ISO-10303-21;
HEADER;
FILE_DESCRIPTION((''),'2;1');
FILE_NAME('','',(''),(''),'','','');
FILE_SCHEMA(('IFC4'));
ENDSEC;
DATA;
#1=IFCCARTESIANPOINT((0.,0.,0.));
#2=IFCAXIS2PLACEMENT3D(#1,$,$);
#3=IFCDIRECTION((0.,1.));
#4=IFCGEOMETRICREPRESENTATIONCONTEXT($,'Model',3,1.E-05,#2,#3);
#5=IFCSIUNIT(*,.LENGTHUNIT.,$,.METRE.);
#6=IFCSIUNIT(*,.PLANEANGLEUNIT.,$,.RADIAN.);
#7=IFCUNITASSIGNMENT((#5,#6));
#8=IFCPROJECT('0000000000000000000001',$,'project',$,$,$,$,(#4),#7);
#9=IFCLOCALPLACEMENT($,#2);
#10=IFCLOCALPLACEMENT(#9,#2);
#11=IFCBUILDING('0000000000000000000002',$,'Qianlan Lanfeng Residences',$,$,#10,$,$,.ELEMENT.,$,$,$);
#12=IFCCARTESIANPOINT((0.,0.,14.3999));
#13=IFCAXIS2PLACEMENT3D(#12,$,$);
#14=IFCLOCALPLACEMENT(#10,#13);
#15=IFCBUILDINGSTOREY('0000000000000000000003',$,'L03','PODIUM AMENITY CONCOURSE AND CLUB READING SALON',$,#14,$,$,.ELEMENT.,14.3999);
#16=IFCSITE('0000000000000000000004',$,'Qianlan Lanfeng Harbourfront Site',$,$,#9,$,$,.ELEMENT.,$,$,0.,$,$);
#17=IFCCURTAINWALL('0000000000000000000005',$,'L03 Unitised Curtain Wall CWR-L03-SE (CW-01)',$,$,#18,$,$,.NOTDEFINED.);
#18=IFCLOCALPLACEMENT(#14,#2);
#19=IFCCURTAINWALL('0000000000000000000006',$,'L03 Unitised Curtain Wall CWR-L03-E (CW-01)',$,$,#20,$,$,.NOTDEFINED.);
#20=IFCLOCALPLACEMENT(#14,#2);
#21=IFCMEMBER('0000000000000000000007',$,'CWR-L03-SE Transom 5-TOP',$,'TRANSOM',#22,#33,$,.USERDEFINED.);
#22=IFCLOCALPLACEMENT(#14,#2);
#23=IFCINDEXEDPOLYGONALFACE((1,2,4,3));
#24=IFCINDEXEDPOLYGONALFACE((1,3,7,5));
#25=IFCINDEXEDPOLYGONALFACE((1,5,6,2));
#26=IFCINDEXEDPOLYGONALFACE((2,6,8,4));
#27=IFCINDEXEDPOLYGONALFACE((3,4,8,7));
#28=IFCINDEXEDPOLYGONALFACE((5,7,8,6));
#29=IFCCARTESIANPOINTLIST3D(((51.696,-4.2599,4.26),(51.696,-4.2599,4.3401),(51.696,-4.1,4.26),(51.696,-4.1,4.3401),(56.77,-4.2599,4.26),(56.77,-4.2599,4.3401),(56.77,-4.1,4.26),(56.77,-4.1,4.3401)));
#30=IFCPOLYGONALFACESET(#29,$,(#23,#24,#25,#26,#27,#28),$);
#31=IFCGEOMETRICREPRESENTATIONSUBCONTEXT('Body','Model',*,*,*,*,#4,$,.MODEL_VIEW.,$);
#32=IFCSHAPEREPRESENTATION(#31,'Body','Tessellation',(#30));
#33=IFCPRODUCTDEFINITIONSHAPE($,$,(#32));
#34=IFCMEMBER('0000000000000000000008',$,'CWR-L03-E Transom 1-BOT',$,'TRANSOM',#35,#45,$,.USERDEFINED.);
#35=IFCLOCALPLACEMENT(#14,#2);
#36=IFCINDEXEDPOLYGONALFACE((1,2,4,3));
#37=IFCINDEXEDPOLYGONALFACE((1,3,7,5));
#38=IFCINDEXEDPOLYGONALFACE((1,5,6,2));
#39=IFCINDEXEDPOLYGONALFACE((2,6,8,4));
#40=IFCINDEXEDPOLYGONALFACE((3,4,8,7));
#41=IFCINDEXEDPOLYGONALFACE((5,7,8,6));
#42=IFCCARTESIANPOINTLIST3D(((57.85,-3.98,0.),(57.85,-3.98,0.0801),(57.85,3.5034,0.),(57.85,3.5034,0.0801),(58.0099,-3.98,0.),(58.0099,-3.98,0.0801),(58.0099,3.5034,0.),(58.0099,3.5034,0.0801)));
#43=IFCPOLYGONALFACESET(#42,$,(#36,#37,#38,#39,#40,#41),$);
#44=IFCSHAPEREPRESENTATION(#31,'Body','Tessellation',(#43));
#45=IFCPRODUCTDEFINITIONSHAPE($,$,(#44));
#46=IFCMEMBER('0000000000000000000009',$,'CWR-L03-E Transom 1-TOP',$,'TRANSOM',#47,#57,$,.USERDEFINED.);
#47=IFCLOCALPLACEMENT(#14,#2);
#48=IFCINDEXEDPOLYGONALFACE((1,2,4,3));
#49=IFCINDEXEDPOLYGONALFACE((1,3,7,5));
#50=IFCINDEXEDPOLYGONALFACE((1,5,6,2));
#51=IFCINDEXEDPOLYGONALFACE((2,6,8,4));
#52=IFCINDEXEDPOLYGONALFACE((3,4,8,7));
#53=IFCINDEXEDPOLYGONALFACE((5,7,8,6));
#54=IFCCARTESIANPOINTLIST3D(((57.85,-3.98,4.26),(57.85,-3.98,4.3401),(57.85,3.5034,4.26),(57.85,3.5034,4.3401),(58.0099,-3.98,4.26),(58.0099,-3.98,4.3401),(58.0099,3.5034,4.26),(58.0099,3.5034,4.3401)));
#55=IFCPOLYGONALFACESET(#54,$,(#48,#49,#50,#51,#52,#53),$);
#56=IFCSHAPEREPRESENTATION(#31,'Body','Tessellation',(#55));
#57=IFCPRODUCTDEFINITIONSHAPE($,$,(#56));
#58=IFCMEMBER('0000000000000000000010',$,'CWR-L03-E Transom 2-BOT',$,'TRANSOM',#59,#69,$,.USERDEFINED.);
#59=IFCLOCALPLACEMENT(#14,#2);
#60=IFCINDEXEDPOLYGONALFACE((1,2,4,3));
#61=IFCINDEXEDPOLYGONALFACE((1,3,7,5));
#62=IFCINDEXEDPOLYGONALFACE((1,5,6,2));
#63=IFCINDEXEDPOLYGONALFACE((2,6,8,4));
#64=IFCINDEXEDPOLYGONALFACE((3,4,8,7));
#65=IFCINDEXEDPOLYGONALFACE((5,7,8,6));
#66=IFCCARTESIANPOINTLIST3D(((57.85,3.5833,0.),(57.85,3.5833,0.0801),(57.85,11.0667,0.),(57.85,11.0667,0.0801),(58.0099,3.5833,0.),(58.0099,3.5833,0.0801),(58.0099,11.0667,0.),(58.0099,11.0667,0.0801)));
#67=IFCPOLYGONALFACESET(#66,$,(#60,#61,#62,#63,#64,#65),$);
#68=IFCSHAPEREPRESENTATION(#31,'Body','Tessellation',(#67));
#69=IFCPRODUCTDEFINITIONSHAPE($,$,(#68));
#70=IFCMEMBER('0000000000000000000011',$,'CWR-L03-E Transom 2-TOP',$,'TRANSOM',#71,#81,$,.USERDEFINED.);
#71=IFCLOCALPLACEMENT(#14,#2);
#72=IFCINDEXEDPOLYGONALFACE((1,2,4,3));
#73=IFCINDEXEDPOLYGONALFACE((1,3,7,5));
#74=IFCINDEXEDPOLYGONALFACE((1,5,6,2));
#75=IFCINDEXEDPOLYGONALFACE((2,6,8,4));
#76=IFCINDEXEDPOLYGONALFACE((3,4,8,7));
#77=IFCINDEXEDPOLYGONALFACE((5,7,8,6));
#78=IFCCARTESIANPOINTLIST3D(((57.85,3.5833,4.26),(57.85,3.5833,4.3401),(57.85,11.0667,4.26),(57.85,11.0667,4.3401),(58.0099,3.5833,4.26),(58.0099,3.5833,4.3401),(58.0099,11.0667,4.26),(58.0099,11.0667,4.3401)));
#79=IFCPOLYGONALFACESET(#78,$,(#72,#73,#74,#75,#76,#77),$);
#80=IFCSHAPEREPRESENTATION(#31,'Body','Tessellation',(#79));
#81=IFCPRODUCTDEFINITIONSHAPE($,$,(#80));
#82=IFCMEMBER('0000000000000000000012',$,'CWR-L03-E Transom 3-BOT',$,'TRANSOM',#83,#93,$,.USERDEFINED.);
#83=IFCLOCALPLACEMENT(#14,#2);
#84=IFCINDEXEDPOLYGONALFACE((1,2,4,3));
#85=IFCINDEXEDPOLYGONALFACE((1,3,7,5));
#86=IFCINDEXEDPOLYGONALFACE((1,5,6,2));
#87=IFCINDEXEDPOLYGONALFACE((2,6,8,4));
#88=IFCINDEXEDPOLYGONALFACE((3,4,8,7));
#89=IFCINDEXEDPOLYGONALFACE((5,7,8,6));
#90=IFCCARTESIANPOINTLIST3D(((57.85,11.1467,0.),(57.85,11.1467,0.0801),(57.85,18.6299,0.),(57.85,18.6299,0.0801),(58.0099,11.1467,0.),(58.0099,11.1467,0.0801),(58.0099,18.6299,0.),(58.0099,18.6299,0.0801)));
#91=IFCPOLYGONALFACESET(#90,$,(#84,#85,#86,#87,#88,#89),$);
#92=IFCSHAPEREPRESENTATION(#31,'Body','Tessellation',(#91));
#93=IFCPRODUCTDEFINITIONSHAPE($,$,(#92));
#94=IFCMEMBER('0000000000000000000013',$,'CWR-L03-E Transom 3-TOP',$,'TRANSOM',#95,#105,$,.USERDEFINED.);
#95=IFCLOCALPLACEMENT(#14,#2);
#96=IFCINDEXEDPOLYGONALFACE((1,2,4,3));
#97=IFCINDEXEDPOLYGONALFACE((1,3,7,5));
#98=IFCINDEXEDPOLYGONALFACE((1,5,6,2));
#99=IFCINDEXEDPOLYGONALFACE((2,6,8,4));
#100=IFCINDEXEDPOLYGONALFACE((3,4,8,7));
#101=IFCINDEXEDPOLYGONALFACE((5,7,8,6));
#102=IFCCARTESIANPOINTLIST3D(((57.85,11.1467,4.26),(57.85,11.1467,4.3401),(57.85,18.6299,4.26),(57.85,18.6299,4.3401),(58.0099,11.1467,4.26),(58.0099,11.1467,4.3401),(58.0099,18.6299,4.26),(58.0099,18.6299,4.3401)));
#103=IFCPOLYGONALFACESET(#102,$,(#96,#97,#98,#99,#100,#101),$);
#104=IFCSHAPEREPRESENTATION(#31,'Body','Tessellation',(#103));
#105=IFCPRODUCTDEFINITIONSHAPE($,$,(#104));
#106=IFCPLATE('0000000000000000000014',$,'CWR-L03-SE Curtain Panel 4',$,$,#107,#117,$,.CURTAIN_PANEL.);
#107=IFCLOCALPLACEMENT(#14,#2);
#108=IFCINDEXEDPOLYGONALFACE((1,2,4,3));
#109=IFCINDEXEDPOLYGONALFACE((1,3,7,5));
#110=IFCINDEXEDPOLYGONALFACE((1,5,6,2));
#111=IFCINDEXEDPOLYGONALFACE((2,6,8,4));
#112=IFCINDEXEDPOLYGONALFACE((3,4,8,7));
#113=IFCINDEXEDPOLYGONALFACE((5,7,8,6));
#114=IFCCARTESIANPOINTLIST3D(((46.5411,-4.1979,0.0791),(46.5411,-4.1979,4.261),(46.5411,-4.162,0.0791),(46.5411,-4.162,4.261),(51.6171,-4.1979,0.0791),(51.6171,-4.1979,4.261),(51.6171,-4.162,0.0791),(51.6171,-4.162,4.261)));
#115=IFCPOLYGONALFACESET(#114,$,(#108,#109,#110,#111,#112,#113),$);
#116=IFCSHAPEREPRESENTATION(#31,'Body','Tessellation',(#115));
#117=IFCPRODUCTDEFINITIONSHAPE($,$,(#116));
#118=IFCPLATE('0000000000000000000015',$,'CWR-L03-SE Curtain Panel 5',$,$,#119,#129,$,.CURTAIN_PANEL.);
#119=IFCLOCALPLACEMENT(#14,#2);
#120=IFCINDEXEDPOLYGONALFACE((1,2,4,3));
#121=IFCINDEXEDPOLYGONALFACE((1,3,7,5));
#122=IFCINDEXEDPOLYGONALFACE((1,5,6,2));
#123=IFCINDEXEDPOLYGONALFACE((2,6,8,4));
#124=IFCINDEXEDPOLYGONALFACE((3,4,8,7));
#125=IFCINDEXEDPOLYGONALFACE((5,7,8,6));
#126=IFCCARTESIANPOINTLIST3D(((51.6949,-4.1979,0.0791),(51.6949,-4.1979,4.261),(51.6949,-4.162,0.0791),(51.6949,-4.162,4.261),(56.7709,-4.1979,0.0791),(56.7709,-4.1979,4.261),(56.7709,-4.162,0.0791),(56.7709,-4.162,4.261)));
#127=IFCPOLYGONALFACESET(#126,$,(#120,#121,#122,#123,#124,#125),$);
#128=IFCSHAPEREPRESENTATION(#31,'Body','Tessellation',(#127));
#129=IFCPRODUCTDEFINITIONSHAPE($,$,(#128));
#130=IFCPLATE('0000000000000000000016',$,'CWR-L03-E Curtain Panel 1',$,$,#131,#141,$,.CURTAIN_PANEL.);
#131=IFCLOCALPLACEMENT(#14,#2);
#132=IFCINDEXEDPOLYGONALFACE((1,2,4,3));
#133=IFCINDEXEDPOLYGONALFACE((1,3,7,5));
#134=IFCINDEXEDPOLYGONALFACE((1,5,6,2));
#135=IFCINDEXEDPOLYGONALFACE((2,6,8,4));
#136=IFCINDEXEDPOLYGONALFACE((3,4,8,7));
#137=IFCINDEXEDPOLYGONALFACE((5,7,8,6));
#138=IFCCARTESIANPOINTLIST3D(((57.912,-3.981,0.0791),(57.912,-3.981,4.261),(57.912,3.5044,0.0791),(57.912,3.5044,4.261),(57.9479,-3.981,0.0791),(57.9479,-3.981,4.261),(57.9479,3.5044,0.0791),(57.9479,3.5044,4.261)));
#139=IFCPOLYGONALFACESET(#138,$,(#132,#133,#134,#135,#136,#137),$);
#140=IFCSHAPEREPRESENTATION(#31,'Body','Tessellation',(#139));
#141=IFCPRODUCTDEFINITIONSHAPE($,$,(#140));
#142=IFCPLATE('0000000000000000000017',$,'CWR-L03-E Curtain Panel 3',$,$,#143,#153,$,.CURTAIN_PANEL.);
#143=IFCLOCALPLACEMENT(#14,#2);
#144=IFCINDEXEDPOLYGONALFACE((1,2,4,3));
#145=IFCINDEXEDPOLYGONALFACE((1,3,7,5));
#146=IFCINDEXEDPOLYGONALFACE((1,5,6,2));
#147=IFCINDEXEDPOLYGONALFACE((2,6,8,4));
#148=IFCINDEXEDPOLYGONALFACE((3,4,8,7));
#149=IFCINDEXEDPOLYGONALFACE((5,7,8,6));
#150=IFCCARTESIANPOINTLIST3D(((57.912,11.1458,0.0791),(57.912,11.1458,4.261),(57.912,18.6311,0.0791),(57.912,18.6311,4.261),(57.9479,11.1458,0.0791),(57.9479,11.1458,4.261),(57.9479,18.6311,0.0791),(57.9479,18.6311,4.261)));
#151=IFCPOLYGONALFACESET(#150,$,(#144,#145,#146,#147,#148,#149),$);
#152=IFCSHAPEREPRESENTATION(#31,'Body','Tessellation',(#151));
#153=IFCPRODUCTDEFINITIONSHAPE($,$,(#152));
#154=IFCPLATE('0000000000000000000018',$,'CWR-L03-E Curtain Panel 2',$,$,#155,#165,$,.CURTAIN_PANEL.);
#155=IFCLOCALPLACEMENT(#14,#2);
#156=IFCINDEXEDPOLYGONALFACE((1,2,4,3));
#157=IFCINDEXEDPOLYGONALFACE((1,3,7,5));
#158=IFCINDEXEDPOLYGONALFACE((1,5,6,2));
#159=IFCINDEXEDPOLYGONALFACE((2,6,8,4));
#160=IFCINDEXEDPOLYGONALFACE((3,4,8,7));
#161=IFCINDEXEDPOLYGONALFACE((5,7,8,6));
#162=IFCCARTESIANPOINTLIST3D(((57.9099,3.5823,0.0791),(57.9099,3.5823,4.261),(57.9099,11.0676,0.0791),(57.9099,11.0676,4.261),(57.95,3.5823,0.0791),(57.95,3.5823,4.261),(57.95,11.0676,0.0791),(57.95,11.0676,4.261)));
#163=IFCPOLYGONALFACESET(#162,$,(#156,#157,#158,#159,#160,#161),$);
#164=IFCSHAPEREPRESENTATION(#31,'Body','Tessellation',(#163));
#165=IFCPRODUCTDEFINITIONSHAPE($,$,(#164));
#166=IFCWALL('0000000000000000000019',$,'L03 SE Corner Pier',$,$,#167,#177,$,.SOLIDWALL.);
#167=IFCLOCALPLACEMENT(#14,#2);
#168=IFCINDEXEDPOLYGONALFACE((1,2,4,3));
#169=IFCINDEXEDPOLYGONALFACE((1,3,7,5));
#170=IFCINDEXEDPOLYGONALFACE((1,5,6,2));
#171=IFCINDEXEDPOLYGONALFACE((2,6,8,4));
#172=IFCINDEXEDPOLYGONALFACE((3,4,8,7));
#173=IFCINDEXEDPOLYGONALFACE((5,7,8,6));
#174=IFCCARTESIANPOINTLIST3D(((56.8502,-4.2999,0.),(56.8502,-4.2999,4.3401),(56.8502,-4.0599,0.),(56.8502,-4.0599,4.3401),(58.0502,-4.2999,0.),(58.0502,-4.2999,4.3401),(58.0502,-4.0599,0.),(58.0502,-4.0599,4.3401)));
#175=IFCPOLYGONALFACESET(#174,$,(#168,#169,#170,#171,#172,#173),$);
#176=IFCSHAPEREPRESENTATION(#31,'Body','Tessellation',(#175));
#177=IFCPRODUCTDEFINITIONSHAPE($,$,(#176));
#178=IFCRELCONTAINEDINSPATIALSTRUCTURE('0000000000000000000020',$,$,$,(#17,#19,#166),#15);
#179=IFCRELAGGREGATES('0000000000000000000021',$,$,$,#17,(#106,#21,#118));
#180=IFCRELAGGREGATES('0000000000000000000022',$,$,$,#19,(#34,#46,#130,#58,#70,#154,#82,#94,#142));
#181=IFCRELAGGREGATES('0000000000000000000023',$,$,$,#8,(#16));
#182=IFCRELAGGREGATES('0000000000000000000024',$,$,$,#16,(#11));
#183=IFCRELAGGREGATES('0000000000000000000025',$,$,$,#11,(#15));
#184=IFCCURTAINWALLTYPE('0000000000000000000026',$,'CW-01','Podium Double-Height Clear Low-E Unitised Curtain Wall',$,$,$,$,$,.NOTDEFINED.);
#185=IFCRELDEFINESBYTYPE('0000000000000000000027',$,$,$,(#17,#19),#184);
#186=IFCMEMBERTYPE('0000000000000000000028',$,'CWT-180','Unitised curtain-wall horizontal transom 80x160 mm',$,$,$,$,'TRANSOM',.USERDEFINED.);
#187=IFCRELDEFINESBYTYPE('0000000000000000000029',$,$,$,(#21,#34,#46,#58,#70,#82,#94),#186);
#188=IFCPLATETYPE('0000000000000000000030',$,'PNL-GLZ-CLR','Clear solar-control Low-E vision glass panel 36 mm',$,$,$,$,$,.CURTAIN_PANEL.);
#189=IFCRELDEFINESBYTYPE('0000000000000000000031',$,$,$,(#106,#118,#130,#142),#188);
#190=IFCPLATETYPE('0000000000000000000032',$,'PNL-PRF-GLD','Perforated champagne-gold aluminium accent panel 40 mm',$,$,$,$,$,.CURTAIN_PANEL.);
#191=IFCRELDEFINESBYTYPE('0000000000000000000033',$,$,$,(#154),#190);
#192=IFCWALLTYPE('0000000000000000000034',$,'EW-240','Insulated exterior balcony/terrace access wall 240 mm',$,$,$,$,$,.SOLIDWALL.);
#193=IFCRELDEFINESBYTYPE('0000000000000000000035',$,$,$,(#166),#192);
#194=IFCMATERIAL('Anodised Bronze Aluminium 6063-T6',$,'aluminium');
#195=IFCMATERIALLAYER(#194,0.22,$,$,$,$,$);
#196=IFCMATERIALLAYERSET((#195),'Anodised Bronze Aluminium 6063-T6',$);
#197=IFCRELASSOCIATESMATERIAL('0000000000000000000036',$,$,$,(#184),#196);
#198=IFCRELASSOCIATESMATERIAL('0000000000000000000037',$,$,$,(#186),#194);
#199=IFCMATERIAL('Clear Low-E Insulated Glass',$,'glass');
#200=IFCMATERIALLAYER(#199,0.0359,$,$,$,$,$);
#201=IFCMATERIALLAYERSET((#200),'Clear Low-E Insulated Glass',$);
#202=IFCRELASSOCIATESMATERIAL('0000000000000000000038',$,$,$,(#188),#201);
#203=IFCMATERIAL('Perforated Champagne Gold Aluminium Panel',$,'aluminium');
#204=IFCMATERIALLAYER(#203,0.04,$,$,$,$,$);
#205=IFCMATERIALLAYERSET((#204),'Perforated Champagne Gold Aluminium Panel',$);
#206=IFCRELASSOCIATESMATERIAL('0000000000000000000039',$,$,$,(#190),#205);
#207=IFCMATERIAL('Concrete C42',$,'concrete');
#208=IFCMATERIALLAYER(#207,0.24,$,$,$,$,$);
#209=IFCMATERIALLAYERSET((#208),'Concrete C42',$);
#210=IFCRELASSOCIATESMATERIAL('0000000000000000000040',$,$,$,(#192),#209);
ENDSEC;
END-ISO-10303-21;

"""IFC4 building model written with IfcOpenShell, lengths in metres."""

from ifc_helpers import new_model, si_unit, direction, frame, frame_2d, origin, origin_2d, place, context, subcontext, project, spatial, rectangle, extrude, source, transform, mapped, material, layer, layer_set, material_profile, profile_set, type_object, element, aggregate, save


model = new_model("IFC4")

# Units and contexts
model_context = context("Model", 3, precision=1e-05, world=origin(), true_north=direction((0.0, 1.0)))
body_context = subcontext(model_context, "Body", "Model", "MODEL_VIEW")
ifc_project = project(units=[si_unit("LENGTHUNIT", "METRE"), si_unit("PLANEANGLEUNIT", "RADIAN")], contexts=[model_context])

# Site, building, storey
site_placement = place(None, origin())
site = spatial("IfcSite", under=ifc_project, at=site_placement, Name="Qianlan Lanfeng Harbourfront Site", CompositionType="ELEMENT", RefElevation=0.0)
building_placement = place(site_placement, origin())
building = spatial("IfcBuilding", under=site, at=building_placement, Name="Qianlan Lanfeng Residences", CompositionType="ELEMENT")
storey_placement = place(building_placement, frame((0.0, 0.0, 14.3999)))
storey = spatial("IfcBuildingStorey", under=building, at=storey_placement, Name="L03", Description="PODIUM AMENITY CONCOURSE AND CLUB READING SALON", CompositionType="ELEMENT", Elevation=14.3999)

# Curtain walls
ifc_material_1 = material(Name="Anodised Bronze Aluminium 6063-T6", Category="aluminium")
ifc_layer_1 = layer(ifc_material_1, 0.22)
ifc_layer_set_1 = layer_set([ifc_layer_1], Name="Anodised Bronze Aluminium 6063-T6")
curtain_wall_type = type_object("IfcCurtainWallType", Name="CW-01", Description="Podium Double-Height Clear Low-E Unitised Curtain Wall", PredefinedType="NOTDEFINED", material=ifc_layer_set_1)
curtain_wall_1_placement = place(storey_placement, origin())
curtain_wall_1 = element("IfcCurtainWall", 1, at=curtain_wall_1_placement, inside=storey, type_object=curtain_wall_type, Name="L03 Unitised Curtain Wall CWR-L03-SE (CW-01)", PredefinedType="NOTDEFINED")
curtain_wall_2_placement = place(storey_placement, origin())
curtain_wall_2 = element("IfcCurtainWall", 2, at=curtain_wall_2_placement, inside=storey, type_object=curtain_wall_type, Name="L03 Unitised Curtain Wall CWR-L03-E (CW-01)", PredefinedType="NOTDEFINED")

# Members
ifc_material_profile_1 = material_profile(ifc_material_1, rectangle(XDim=0.0801, YDim=0.1599, at=origin_2d()), Name="ALU TRANSOM 80x160")
ifc_profile_set_1 = profile_set([ifc_material_profile_1], Name="Anodised Bronze Aluminium 6063-T6")
member_type_1 = type_object("IfcMemberType", Name="CWT-180", Description="Unitised curtain-wall horizontal transom 80x160 mm", ElementType="TRANSOM", PredefinedType="USERDEFINED", material=ifc_profile_set_1)
shared_shape_1 = source(origin(), body_context, "Body", "SweptSolid", [
    extrude(rectangle(XDim=0.0801, YDim=0.1599, at=origin_2d()), origin(), (0.0, 0.0, 1.0), 5.074),
])
member_1_placement = place(storey_placement, frame((51.696, -4.1799, 4.3), z_axis=(1.0, 0.0, 0.0), x_axis=(0.0, 0.0, 1.0)))
member_1 = element("IfcMember", 3, at=member_1_placement, type_object=member_type_1, Name="CWR-L03-SE Transom 5-TOP", ObjectType="TRANSOM", PredefinedType="USERDEFINED", context=body_context, shape_type="MappedRepresentation", body=[
    mapped(shared_shape_1, transform((0.0, 0.0, 0.0), scale=1.0)),
])
shared_shape_2 = source(origin(), body_context, "Body", "SweptSolid", [
    extrude(rectangle(XDim=0.0801, YDim=0.1599, at=origin_2d()), origin(), (0.0, 0.0, 1.0), 7.4834),
])
member_2_placement = place(storey_placement, frame((57.9299, -3.98, 0.04), z_axis=(0.0, 1.0, 0.0), x_axis=(0.0, 0.0, 1.0)))
member_2 = element("IfcMember", 4, at=member_2_placement, type_object=member_type_1, Name="CWR-L03-E Transom 1-BOT", ObjectType="TRANSOM", PredefinedType="USERDEFINED", context=body_context, shape_type="MappedRepresentation", body=[
    mapped(shared_shape_2, transform((0.0, 0.0, 0.0), scale=1.0)),
])
member_3_placement = place(storey_placement, frame((57.9299, -3.98, 4.3), z_axis=(0.0, 1.0, 0.0), x_axis=(0.0, 0.0, 1.0)))
member_3 = element("IfcMember", 5, at=member_3_placement, type_object=member_type_1, Name="CWR-L03-E Transom 1-TOP", ObjectType="TRANSOM", PredefinedType="USERDEFINED", context=body_context, shape_type="MappedRepresentation", body=[
    mapped(shared_shape_2, transform((0.0, 0.0, 0.0), scale=1.0)),
])
member_4_placement = place(storey_placement, frame((57.9299, 3.5833, 0.04), z_axis=(0.0, 1.0, 0.0), x_axis=(0.0, 0.0, 1.0)))
member_4 = element("IfcMember", 6, at=member_4_placement, type_object=member_type_1, Name="CWR-L03-E Transom 2-BOT", ObjectType="TRANSOM", PredefinedType="USERDEFINED", context=body_context, shape_type="MappedRepresentation", body=[
    mapped(shared_shape_2, transform((0.0, 0.0, 0.0), scale=1.0)),
])
member_5_placement = place(storey_placement, frame((57.9299, 3.5833, 4.3), z_axis=(0.0, 1.0, 0.0), x_axis=(0.0, 0.0, 1.0)))
member_5 = element("IfcMember", 7, at=member_5_placement, type_object=member_type_1, Name="CWR-L03-E Transom 2-TOP", ObjectType="TRANSOM", PredefinedType="USERDEFINED", context=body_context, shape_type="MappedRepresentation", body=[
    mapped(shared_shape_2, transform((0.0, 0.0, 0.0), scale=1.0)),
])
shared_shape_3 = source(origin(), body_context, "Body", "SweptSolid", [
    extrude(rectangle(XDim=0.0801, YDim=0.1599, at=origin_2d()), origin(), (0.0, 0.0, 1.0), 7.4832),
])
member_6_placement = place(storey_placement, frame((57.9299, 11.1467, 0.04), z_axis=(0.0, 1.0, 0.0), x_axis=(0.0, 0.0, 1.0)))
member_6 = element("IfcMember", 8, at=member_6_placement, type_object=member_type_1, Name="CWR-L03-E Transom 3-BOT", ObjectType="TRANSOM", PredefinedType="USERDEFINED", context=body_context, shape_type="MappedRepresentation", body=[
    mapped(shared_shape_3, transform((0.0, 0.0, 0.0), scale=1.0)),
])
member_7_placement = place(storey_placement, frame((57.9299, 11.1467, 4.3), z_axis=(0.0, 1.0, 0.0), x_axis=(0.0, 0.0, 1.0)))
member_7 = element("IfcMember", 9, at=member_7_placement, type_object=member_type_1, Name="CWR-L03-E Transom 3-TOP", ObjectType="TRANSOM", PredefinedType="USERDEFINED", context=body_context, shape_type="MappedRepresentation", body=[
    mapped(shared_shape_3, transform((0.0, 0.0, 0.0), scale=1.0)),
])

# Plates
ifc_material_2 = material(Name="Clear Low-E Insulated Glass", Category="glass")
ifc_layer_2 = layer(ifc_material_2, 0.0359)
ifc_layer_set_2 = layer_set([ifc_layer_2], Name="Clear Low-E Insulated Glass")
plate_type_1 = type_object("IfcPlateType", Name="PNL-GLZ-CLR", Description="Clear solar-control Low-E vision glass panel 36 mm", PredefinedType="CURTAIN_PANEL", material=ifc_layer_set_2)
shared_shape_4 = source(origin(), body_context, "Body", "SweptSolid", [
    extrude(rectangle(XDim=5.0759, YDim=0.0359, at=origin_2d()), origin(), (0.0, 0.0, 1.0), 4.1819),
])
plate_1_placement = place(storey_placement, frame((49.0791, -4.1799, 0.0791), z_axis=(0.0, 0.0, 1.0), x_axis=(1.0, 0.0, 0.0)))
plate_1 = element("IfcPlate", 10, at=plate_1_placement, type_object=plate_type_1, Name="CWR-L03-SE Curtain Panel 4", PredefinedType="CURTAIN_PANEL", context=body_context, shape_type="MappedRepresentation", body=[
    mapped(shared_shape_4, transform((0.0, 0.0, 0.0), scale=1.0)),
])
plate_2_placement = place(storey_placement, frame((54.2329, -4.1799, 0.0791), z_axis=(0.0, 0.0, 1.0), x_axis=(1.0, 0.0, 0.0)))
plate_2 = element("IfcPlate", 11, at=plate_2_placement, type_object=plate_type_1, Name="CWR-L03-SE Curtain Panel 5", PredefinedType="CURTAIN_PANEL", context=body_context, shape_type="MappedRepresentation", body=[
    mapped(shared_shape_4, transform((0.0, 0.0, 0.0), scale=1.0)),
])
aggregate(curtain_wall_1, [plate_1, member_1, plate_2])
shared_shape_5 = source(origin(), body_context, "Body", "SweptSolid", [
    extrude(rectangle(XDim=7.4854, YDim=0.0359, at=origin_2d()), origin(), (0.0, 0.0, 1.0), 4.1819),
])
plate_3_placement = place(storey_placement, frame((57.9299, -0.2383, 0.0791), z_axis=(0.0, 0.0, 1.0), x_axis=(0.0, 1.0, 0.0)))
plate_3 = element("IfcPlate", 12, at=plate_3_placement, type_object=plate_type_1, Name="CWR-L03-E Curtain Panel 1", PredefinedType="CURTAIN_PANEL", context=body_context, shape_type="MappedRepresentation", body=[
    mapped(shared_shape_5, transform((0.0, 0.0, 0.0), scale=1.0)),
])
plate_4_placement = place(storey_placement, frame((57.9299, 14.8884, 0.0791), z_axis=(0.0, 0.0, 1.0), x_axis=(0.0, 1.0, 0.0)))
plate_4 = element("IfcPlate", 13, at=plate_4_placement, type_object=plate_type_1, Name="CWR-L03-E Curtain Panel 3", PredefinedType="CURTAIN_PANEL", context=body_context, shape_type="MappedRepresentation", body=[
    mapped(shared_shape_5, transform((0.0, 0.0, 0.0), scale=1.0)),
])
ifc_material_3 = material(Name="Perforated Champagne Gold Aluminium Panel", Category="aluminium")
ifc_layer_3 = layer(ifc_material_3, 0.04)
ifc_layer_set_3 = layer_set([ifc_layer_3], Name="Perforated Champagne Gold Aluminium Panel")
plate_type_2 = type_object("IfcPlateType", Name="PNL-PRF-GLD", Description="Perforated champagne-gold aluminium accent panel 40 mm", PredefinedType="CURTAIN_PANEL", material=ifc_layer_set_3)
shared_shape_6 = source(origin(), body_context, "Body", "SweptSolid", [
    extrude(rectangle(XDim=7.4854, YDim=0.04, at=origin_2d()), origin(), (0.0, 0.0, 1.0), 4.1819),
])
plate_5_placement = place(storey_placement, frame((57.9299, 7.325, 0.0791), z_axis=(0.0, 0.0, 1.0), x_axis=(0.0, 1.0, 0.0)))
plate_5 = element("IfcPlate", 14, at=plate_5_placement, type_object=plate_type_2, Name="CWR-L03-E Curtain Panel 2", PredefinedType="CURTAIN_PANEL", context=body_context, shape_type="MappedRepresentation", body=[
    mapped(shared_shape_6, transform((0.0, 0.0, 0.0), scale=1.0)),
])
aggregate(curtain_wall_2, [member_2, member_3, plate_3, member_4, member_5, plate_5, member_6, member_7, plate_4])

# Wall
ifc_material_4 = material(Name="Concrete C42", Category="concrete")
ifc_layer_4 = layer(ifc_material_4, 0.24)
ifc_layer_set_4 = layer_set([ifc_layer_4], Name="Concrete C42")
wall_type = type_object("IfcWallType", Name="EW-240", Description="Insulated exterior balcony/terrace access wall 240 mm", PredefinedType="SOLIDWALL", material=ifc_layer_set_4)
wall_placement = place(storey_placement, frame((56.8501, -4.1799, 0.0), z_axis=(0.0, 0.0, 1.0), x_axis=(1.0, 0.0, 0.0)))
element("IfcWall", 15, at=wall_placement, inside=storey, type_object=wall_type, Name="L03 SE Corner Pier", PredefinedType="SOLIDWALL", context=body_context, shape_type="SweptSolid", body=[
    extrude(rectangle(XDim=1.2, YDim=0.24, at=frame_2d((0.6001, 0.0))), origin(), (0.0, 0.0, 1.0), 4.3401),
])

save(model, "model.ifc")
